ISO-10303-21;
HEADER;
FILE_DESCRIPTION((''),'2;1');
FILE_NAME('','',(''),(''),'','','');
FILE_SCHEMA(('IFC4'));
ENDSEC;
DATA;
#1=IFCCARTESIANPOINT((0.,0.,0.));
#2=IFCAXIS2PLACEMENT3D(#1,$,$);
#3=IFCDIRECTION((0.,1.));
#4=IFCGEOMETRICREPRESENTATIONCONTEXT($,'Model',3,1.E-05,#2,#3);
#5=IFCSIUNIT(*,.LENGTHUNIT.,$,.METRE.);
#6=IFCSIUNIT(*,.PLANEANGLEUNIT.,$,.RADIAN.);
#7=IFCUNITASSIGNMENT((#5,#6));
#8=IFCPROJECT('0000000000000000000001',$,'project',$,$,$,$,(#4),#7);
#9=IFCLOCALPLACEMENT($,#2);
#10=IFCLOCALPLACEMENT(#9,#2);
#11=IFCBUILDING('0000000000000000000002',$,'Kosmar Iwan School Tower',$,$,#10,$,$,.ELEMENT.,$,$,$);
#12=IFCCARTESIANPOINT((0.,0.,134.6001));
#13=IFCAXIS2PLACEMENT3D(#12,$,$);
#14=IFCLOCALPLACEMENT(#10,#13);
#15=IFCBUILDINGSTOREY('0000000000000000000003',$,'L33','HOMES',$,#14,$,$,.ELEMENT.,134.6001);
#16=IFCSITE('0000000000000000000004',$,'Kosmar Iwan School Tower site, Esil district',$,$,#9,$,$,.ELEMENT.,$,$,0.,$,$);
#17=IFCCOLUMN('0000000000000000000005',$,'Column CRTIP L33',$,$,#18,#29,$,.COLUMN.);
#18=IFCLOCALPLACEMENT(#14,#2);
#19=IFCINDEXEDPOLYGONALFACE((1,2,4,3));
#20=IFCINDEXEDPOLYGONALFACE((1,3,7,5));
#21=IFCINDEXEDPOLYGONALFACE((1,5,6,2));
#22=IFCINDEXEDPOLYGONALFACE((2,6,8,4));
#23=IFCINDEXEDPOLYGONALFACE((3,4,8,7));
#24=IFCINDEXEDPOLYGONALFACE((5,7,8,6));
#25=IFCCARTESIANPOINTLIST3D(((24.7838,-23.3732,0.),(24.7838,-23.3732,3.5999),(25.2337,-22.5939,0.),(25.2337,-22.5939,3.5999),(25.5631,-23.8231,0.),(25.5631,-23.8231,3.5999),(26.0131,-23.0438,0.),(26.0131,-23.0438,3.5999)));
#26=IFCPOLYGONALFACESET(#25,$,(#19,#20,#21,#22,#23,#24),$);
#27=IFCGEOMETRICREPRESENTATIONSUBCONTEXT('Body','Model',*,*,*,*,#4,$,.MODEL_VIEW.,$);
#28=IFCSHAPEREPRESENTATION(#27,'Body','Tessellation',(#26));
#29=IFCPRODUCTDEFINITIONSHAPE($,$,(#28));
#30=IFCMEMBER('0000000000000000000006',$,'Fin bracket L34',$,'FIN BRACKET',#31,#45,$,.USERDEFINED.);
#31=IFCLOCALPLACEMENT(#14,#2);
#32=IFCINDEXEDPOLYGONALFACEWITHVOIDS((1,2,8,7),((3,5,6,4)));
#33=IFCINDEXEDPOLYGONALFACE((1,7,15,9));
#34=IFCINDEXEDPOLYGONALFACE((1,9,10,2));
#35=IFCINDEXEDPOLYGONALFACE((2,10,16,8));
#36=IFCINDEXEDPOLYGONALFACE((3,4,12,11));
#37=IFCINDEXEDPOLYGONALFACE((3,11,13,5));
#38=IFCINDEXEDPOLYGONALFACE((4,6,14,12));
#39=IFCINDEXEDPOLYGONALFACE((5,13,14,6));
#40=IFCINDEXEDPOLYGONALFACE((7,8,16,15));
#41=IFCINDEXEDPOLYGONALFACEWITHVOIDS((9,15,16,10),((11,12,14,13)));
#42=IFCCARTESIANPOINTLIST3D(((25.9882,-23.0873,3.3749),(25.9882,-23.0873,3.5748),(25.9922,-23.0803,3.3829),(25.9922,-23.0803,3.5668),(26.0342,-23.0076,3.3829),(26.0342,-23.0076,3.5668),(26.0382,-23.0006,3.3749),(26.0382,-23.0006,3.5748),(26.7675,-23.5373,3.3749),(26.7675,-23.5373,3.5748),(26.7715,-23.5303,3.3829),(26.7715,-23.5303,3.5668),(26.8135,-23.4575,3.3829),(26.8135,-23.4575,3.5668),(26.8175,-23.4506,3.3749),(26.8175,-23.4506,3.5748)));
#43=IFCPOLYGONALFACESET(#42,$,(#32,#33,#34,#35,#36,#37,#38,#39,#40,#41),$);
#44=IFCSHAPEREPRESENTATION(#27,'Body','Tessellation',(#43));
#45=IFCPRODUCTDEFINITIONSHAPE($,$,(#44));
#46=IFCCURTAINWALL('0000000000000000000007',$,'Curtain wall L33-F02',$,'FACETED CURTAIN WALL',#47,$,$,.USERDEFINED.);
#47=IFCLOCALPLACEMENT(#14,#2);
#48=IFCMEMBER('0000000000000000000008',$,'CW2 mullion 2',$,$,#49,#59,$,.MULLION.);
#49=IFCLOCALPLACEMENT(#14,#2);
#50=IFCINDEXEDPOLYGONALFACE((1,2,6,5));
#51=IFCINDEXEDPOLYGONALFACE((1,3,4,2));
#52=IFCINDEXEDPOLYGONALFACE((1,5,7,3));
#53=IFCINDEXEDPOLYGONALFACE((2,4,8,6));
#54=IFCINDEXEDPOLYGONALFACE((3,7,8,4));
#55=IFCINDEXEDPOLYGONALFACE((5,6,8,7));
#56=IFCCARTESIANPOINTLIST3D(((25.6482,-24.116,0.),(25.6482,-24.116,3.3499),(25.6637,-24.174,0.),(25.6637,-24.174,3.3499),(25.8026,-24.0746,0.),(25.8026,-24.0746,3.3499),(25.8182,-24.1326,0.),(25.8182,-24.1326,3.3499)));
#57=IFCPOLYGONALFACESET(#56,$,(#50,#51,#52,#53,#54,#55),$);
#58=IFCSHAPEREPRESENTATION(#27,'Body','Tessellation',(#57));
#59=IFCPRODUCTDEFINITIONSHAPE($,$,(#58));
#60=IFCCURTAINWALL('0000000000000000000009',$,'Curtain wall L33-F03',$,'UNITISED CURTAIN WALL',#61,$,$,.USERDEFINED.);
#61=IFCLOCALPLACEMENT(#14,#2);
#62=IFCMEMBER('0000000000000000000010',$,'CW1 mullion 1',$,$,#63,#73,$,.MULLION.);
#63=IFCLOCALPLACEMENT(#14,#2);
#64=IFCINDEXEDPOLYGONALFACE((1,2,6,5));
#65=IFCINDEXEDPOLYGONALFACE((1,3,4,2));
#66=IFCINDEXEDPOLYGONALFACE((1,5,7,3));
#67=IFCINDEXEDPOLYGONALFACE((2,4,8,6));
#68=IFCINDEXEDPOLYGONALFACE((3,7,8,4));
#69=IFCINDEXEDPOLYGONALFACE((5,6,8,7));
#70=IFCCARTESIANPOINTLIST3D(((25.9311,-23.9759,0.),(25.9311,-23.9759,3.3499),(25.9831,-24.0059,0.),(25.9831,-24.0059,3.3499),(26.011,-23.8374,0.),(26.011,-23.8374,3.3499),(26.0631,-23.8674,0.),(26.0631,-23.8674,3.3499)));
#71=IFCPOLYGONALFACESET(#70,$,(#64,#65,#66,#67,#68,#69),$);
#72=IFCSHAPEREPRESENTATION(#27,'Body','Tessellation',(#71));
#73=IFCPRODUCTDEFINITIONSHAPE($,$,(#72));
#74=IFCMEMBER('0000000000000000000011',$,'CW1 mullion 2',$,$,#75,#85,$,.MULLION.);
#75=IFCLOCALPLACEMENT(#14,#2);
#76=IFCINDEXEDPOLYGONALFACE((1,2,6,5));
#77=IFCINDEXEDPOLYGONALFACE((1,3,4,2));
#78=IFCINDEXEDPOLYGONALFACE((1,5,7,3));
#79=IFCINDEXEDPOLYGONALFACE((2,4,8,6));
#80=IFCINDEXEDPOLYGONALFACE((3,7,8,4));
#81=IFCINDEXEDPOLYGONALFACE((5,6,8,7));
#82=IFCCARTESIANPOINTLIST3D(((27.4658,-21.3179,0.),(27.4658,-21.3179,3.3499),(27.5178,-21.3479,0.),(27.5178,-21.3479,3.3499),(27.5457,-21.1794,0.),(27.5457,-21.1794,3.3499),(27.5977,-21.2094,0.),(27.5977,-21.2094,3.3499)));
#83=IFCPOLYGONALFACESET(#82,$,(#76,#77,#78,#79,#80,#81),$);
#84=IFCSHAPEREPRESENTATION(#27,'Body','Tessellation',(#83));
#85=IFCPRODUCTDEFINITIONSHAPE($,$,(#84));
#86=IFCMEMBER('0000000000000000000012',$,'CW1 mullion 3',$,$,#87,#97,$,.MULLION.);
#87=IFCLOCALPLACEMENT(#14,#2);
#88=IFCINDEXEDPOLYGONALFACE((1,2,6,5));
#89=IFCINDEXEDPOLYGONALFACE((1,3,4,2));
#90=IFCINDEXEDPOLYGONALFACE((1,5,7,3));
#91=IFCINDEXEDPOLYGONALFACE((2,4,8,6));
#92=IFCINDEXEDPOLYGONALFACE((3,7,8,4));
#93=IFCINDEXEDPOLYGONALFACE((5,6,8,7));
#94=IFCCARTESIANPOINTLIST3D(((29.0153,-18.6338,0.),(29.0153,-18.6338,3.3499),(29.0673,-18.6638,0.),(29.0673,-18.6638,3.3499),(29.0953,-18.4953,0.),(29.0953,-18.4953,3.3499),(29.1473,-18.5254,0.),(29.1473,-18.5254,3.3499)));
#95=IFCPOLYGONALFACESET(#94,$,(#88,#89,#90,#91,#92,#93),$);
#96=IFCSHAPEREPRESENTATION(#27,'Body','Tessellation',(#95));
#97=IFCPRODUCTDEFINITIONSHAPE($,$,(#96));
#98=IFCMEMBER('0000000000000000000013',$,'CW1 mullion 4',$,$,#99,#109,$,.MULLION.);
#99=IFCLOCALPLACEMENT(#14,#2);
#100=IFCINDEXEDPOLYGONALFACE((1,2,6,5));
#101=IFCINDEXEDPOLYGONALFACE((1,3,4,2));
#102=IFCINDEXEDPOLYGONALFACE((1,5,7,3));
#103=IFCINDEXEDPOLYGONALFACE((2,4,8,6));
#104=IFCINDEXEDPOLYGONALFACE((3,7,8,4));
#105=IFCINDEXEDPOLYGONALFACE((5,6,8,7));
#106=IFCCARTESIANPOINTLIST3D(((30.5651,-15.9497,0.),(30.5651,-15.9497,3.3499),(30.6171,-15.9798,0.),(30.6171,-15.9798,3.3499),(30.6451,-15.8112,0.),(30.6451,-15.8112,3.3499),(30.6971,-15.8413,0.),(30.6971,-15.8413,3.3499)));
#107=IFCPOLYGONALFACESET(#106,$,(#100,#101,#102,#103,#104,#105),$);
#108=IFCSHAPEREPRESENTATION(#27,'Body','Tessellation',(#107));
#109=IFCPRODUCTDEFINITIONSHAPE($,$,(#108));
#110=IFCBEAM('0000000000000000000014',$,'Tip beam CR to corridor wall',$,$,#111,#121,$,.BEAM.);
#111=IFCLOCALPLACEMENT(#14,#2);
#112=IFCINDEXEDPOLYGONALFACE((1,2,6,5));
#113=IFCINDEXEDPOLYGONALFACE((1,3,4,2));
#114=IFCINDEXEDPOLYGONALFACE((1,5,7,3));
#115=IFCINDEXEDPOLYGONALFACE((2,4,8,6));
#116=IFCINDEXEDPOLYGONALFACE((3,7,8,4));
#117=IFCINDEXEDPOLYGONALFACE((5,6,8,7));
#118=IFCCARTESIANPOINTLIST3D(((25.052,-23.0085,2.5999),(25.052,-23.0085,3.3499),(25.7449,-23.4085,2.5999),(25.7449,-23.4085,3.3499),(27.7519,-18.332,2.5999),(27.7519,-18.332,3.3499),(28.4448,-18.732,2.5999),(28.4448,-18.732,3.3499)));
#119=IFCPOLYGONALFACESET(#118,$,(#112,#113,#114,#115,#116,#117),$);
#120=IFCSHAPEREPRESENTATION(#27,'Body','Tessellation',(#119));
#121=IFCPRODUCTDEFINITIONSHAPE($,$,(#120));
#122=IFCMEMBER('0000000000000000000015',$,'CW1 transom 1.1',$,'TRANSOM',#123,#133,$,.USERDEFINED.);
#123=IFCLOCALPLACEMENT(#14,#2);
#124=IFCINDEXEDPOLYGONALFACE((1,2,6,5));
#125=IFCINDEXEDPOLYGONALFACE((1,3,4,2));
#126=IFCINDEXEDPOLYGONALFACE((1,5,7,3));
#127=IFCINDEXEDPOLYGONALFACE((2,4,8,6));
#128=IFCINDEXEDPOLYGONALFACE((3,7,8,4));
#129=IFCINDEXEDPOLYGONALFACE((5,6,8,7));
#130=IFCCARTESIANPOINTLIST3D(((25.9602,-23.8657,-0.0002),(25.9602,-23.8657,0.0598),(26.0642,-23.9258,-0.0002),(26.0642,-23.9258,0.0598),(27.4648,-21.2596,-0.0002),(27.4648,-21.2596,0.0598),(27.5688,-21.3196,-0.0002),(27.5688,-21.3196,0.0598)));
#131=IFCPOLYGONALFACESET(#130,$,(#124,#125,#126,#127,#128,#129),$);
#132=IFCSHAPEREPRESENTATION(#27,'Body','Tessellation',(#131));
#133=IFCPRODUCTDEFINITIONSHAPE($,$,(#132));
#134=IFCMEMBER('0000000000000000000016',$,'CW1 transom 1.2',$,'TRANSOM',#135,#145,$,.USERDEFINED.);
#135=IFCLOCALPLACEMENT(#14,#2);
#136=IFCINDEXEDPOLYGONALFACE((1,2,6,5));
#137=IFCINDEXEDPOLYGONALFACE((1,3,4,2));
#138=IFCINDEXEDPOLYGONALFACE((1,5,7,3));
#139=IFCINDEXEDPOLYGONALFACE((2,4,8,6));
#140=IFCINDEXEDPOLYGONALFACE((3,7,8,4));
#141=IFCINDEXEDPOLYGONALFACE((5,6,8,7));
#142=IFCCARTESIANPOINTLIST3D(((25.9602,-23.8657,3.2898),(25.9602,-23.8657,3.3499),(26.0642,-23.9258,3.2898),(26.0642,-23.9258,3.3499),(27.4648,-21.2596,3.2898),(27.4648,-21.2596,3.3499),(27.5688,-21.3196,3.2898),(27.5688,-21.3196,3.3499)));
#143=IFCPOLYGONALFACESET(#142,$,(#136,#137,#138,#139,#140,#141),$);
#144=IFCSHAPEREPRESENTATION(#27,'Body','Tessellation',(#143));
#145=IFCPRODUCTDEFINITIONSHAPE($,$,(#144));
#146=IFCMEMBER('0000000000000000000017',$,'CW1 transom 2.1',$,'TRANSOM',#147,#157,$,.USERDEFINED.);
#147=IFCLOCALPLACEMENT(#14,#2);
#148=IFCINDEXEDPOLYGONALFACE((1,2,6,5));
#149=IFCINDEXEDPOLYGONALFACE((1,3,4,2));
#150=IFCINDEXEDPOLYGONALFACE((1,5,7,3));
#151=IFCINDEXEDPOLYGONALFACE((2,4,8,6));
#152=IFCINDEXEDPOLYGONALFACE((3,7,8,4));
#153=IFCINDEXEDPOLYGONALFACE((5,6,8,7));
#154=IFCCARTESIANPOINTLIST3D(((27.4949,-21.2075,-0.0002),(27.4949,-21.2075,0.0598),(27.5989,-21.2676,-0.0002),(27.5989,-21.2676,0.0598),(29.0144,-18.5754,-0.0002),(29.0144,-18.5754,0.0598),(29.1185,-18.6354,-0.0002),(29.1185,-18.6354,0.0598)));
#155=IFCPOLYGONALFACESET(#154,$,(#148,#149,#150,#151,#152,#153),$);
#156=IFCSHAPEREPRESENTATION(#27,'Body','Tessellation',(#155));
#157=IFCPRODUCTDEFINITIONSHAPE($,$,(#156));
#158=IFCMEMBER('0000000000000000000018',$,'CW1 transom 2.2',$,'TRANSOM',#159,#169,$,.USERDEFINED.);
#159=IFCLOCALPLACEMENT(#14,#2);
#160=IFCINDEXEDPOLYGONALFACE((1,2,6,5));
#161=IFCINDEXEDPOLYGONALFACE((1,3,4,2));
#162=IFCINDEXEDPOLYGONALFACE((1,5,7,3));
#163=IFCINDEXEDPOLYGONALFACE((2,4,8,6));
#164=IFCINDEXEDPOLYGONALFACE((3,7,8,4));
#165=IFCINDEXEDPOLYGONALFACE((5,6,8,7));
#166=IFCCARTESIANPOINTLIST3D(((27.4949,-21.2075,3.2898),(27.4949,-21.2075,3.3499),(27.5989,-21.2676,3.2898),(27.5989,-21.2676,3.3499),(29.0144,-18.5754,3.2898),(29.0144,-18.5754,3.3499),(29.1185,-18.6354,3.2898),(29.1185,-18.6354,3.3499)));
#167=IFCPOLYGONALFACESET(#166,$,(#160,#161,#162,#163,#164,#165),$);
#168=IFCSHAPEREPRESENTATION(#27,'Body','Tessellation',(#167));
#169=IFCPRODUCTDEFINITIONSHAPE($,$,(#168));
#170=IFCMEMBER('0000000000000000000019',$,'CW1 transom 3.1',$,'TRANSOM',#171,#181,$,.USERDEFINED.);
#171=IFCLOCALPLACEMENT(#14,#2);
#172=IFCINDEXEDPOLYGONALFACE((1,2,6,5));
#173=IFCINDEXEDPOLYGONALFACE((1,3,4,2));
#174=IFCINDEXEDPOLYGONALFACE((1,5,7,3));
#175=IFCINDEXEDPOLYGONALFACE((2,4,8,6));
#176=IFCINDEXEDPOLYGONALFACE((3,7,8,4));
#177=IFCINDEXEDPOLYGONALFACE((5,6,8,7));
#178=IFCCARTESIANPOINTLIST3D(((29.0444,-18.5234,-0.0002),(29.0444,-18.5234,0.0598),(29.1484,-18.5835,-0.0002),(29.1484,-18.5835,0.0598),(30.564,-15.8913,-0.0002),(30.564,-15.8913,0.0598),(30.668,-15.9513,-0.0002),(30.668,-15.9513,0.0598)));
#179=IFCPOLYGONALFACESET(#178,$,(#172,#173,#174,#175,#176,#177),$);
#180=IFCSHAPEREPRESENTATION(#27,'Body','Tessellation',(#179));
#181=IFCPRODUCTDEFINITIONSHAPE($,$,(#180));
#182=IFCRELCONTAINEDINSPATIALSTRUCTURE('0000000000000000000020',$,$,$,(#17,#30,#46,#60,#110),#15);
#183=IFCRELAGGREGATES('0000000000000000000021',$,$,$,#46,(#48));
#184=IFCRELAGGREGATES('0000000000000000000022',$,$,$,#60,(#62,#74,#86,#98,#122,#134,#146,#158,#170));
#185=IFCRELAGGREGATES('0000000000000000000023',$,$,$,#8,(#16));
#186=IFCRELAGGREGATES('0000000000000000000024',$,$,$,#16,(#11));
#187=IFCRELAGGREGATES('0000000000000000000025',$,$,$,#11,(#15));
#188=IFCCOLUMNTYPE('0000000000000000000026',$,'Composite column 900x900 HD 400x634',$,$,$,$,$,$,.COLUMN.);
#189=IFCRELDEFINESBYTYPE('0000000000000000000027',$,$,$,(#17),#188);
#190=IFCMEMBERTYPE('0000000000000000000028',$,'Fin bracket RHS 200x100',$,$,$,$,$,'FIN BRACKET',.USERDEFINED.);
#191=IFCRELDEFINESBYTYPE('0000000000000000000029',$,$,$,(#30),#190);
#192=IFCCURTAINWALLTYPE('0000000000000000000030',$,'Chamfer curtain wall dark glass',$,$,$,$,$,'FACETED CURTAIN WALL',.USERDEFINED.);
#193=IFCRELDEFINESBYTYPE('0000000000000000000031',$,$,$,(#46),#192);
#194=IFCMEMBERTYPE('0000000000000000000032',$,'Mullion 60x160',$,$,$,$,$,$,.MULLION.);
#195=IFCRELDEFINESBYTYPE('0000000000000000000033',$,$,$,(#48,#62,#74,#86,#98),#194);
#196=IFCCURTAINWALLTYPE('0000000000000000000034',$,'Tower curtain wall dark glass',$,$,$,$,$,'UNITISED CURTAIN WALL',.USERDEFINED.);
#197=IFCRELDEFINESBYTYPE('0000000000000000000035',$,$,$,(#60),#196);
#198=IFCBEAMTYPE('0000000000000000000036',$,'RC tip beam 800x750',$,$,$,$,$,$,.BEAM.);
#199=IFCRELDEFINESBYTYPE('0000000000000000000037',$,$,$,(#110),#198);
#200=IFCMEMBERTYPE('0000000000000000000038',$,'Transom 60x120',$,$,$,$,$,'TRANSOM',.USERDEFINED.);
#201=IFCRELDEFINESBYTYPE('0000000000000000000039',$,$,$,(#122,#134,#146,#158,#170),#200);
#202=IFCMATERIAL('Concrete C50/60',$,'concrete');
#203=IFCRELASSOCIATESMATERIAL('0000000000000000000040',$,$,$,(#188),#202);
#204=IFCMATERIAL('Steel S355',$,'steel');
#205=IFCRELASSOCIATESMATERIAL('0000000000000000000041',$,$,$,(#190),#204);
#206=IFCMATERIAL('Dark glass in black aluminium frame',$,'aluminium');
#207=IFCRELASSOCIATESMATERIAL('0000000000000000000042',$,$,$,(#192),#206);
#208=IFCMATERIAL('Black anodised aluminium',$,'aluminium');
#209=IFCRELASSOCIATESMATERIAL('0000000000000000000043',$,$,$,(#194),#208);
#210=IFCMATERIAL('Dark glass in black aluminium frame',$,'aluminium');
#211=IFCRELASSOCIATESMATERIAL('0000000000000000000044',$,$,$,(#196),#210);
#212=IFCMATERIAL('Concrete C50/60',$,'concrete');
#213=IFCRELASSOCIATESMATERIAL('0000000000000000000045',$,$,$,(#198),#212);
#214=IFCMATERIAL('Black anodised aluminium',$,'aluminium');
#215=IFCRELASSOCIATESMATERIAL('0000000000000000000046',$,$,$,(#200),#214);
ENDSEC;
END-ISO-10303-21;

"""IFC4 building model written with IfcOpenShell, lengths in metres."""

from ifc_helpers import new_model, si_unit, direction, frame, origin, origin_2d, place, context, subcontext, project, spatial, rectangle, hollow_rectangle, extrude, material, material_profile, profile_set, type_object, element, aggregate, save


model = new_model("IFC4")

# Units and contexts
model_context = context("Model", 3, precision=1e-05, world=origin(), true_north=direction((0.0, 1.0)))
body_context = subcontext(model_context, "Body", "Model", "MODEL_VIEW")
ifc_project = project(units=[si_unit("LENGTHUNIT", "METRE"), si_unit("PLANEANGLEUNIT", "RADIAN")], contexts=[model_context])

# Site, building, storey
site_placement = place(None, origin())
site = spatial("IfcSite", under=ifc_project, at=site_placement, Name="Kosmar Iwan School Tower site, Esil district", CompositionType="ELEMENT", RefElevation=0.0)
building_placement = place(site_placement, origin())
building = spatial("IfcBuilding", under=site, at=building_placement, Name="Kosmar Iwan School Tower", CompositionType="ELEMENT")
storey_placement = place(building_placement, frame((0.0, 0.0, 134.6001)))
storey = spatial("IfcBuildingStorey", under=building, at=storey_placement, Name="L33", Description="HOMES", CompositionType="ELEMENT", Elevation=134.6001)

# Column
ifc_material_1 = material(Name="Concrete C50/60", Category="concrete")
ifc_material_profile_1 = material_profile(ifc_material_1, rectangle(XDim=0.8999, YDim=0.8999, at=origin_2d()), Name="RC 900x900 + HD 400x634")
ifc_profile_set_1 = profile_set([ifc_material_profile_1], Name="Concrete C50/60")
column_type = type_object("IfcColumnType", Name="Composite column 900x900 HD 400x634", PredefinedType="COLUMN", material=ifc_profile_set_1)
column_placement = place(storey_placement, frame((25.3984, -23.2085, 0.0), z_axis=(0.0, 0.0, 1.0), x_axis=(0.866025, -0.5, 0.0)))
element("IfcColumn", 1, at=column_placement, inside=storey, type_object=column_type, Name="Column CRTIP L33", PredefinedType="COLUMN", context=body_context, shape_type="SweptSolid", body=[
    extrude(rectangle(XDim=0.8999, YDim=0.8999, at=origin_2d()), origin(), (0.0, 0.0, 1.0), 3.5999),
])

# Member
ifc_material_2 = material(Name="Steel S355", Category="steel")
ifc_material_profile_2 = material_profile(ifc_material_2, hollow_rectangle(XDim=0.1001, YDim=0.2, WallThickness=0.0081, at=origin_2d()), Name="RHS 200x100x8")
ifc_profile_set_2 = profile_set([ifc_material_profile_2], Name="Steel S355")
member_type_1 = type_object("IfcMemberType", Name="Fin bracket RHS 200x100", ElementType="FIN BRACKET", PredefinedType="USERDEFINED", material=ifc_profile_set_2)
member_1_placement = place(storey_placement, frame((26.0132, -23.0439, 3.4749), z_axis=(0.866014, -0.50002, 0.0), x_axis=(0.50002, 0.866014, 0.0)))
element("IfcMember", 2, at=member_1_placement, inside=storey, type_object=member_type_1, Name="Fin bracket L34", ObjectType="FIN BRACKET", PredefinedType="USERDEFINED", context=body_context, shape_type="SweptSolid", body=[
    extrude(hollow_rectangle(XDim=0.1001, YDim=0.2, WallThickness=0.0081, at=origin_2d()), origin(), (0.0, 0.0, 1.0), 0.8999),
])

# Curtain wall, member
ifc_material_3 = material(Name="Dark glass in black aluminium frame", Category="aluminium")
curtain_wall_type_1 = type_object("IfcCurtainWallType", Name="Chamfer curtain wall dark glass", ElementType="FACETED CURTAIN WALL", PredefinedType="USERDEFINED", material=ifc_material_3)
curtain_wall_1_placement = place(storey_placement, origin())
curtain_wall_1 = element("IfcCurtainWall", 3, at=curtain_wall_1_placement, inside=storey, type_object=curtain_wall_type_1, Name="Curtain wall L33-F02", ObjectType="FACETED CURTAIN WALL", PredefinedType="USERDEFINED")
ifc_material_4 = material(Name="Black anodised aluminium", Category="aluminium")
ifc_material_profile_3 = material_profile(ifc_material_4, rectangle(XDim=0.0601, YDim=0.1599, at=origin_2d()), Name="MULLION 60x160")
ifc_profile_set_3 = profile_set([ifc_material_profile_3], Name="Black anodised aluminium")
member_type_2 = type_object("IfcMemberType", Name="Mullion 60x160", PredefinedType="MULLION", material=ifc_profile_set_3)
member_2_placement = place(storey_placement, frame((25.7332, -24.1243, 0.0), z_axis=(0.0, 0.0, 1.0), x_axis=(-0.258819, 0.965926, 0.0)))
member_2 = element("IfcMember", 4, at=member_2_placement, type_object=member_type_2, Name="CW2 mullion 2", PredefinedType="MULLION", context=body_context, shape_type="SweptSolid", body=[
    extrude(rectangle(XDim=0.0601, YDim=0.1599, at=origin_2d()), origin(), (0.0, 0.0, 1.0), 3.3499),
])

# Curtain wall, members
ifc_material_5 = material(Name="Dark glass in black aluminium frame", Category="aluminium")
curtain_wall_type_2 = type_object("IfcCurtainWallType", Name="Tower curtain wall dark glass", ElementType="UNITISED CURTAIN WALL", PredefinedType="USERDEFINED", material=ifc_material_5)
curtain_wall_2_placement = place(storey_placement, origin())
curtain_wall_2 = element("IfcCurtainWall", 5, at=curtain_wall_2_placement, inside=storey, type_object=curtain_wall_type_2, Name="Curtain wall L33-F03", ObjectType="UNITISED CURTAIN WALL", PredefinedType="USERDEFINED")
member_3_placement = place(storey_placement, frame((25.9971, -23.9216, 0.0), z_axis=(0.0, 0.0, 1.0), x_axis=(-0.866025, 0.5, 0.0)))
member_3 = element("IfcMember", 6, at=member_3_placement, type_object=member_type_2, Name="CW1 mullion 1", PredefinedType="MULLION", context=body_context, shape_type="SweptSolid", body=[
    extrude(rectangle(XDim=0.0601, YDim=0.1599, at=origin_2d()), origin(), (0.0, 0.0, 1.0), 3.3499),
])
member_4_placement = place(storey_placement, frame((27.5317, -21.2637, 0.0), z_axis=(0.0, 0.0, 1.0), x_axis=(-0.866025, 0.5, 0.0)))
member_4 = element("IfcMember", 7, at=member_4_placement, type_object=member_type_2, Name="CW1 mullion 2", PredefinedType="MULLION", context=body_context, shape_type="SweptSolid", body=[
    extrude(rectangle(XDim=0.0601, YDim=0.1599, at=origin_2d()), origin(), (0.0, 0.0, 1.0), 3.3499),
])
member_5_placement = place(storey_placement, frame((29.0813, -18.5796, 0.0), z_axis=(0.0, 0.0, 1.0), x_axis=(-0.866025, 0.5, 0.0)))
member_5 = element("IfcMember", 8, at=member_5_placement, type_object=member_type_2, Name="CW1 mullion 3", PredefinedType="MULLION", context=body_context, shape_type="SweptSolid", body=[
    extrude(rectangle(XDim=0.0601, YDim=0.1599, at=origin_2d()), origin(), (0.0, 0.0, 1.0), 3.3499),
])
member_6_placement = place(storey_placement, frame((30.6311, -15.8955, 0.0), z_axis=(0.0, 0.0, 1.0), x_axis=(-0.866025, 0.5, 0.0)))
member_6 = element("IfcMember", 9, at=member_6_placement, type_object=member_type_2, Name="CW1 mullion 4", PredefinedType="MULLION", context=body_context, shape_type="SweptSolid", body=[
    extrude(rectangle(XDim=0.0601, YDim=0.1599, at=origin_2d()), origin(), (0.0, 0.0, 1.0), 3.3499),
])

# Beam
ifc_material_6 = material(Name="Concrete C50/60", Category="concrete")
ifc_material_profile_4 = material_profile(ifc_material_6, rectangle(XDim=0.8, YDim=0.75, at=origin_2d()), Name="RC 800x750")
ifc_profile_set_4 = profile_set([ifc_material_profile_4], Name="Concrete C50/60")
beam_type = type_object("IfcBeamType", Name="RC tip beam 800x750", PredefinedType="BEAM", material=ifc_profile_set_4)
beam_placement = place(storey_placement, frame((25.3984, -23.2085, 2.9749), z_axis=(0.499995, 0.866028, 0.0), x_axis=(-0.866028, 0.499995, 0.0)))
element("IfcBeam", 10, at=beam_placement, inside=storey, type_object=beam_type, Name="Tip beam CR to corridor wall", PredefinedType="BEAM", context=body_context, shape_type="SweptSolid", body=[
    extrude(rectangle(XDim=0.8, YDim=0.75, at=origin_2d()), origin(), (0.0, 0.0, 1.0), 5.3999),
])

# Members
ifc_material_7 = material(Name="Black anodised aluminium", Category="aluminium")
ifc_material_profile_5 = material_profile(ifc_material_7, rectangle(XDim=0.1201, YDim=0.0601, at=origin_2d()), Name="TRANSOM 60x120")
ifc_profile_set_5 = profile_set([ifc_material_profile_5], Name="Black anodised aluminium")
member_type_3 = type_object("IfcMemberType", Name="Transom 60x120", ElementType="TRANSOM", PredefinedType="USERDEFINED", material=ifc_profile_set_5)
member_7_placement = place(storey_placement, frame((26.0122, -23.8958, 0.0298), z_axis=(0.499987, 0.866033, 0.0), x_axis=(-0.866033, 0.499987, 0.0)))
member_7 = element("IfcMember", 11, at=member_7_placement, type_object=member_type_3, Name="CW1 transom 1.1", ObjectType="TRANSOM", PredefinedType="USERDEFINED", context=body_context, shape_type="SweptSolid", body=[
    extrude(rectangle(XDim=0.1201, YDim=0.0601, at=origin_2d()), origin(), (0.0, 0.0, 1.0), 3.0093),
])
member_8_placement = place(storey_placement, frame((26.0122, -23.8958, 3.3198), z_axis=(0.499987, 0.866033, 0.0), x_axis=(-0.866033, 0.499987, 0.0)))
member_8 = element("IfcMember", 12, at=member_8_placement, type_object=member_type_3, Name="CW1 transom 1.2", ObjectType="TRANSOM", PredefinedType="USERDEFINED", context=body_context, shape_type="SweptSolid", body=[
    extrude(rectangle(XDim=0.1201, YDim=0.0601, at=origin_2d()), origin(), (0.0, 0.0, 1.0), 3.0093),
])
member_9_placement = place(storey_placement, frame((27.5469, -21.2375, 0.0298), z_axis=(0.499975, 0.86604, 0.0), x_axis=(-0.86604, 0.499975, 0.0)))
member_9 = element("IfcMember", 13, at=member_9_placement, type_object=member_type_3, Name="CW1 transom 2.1", ObjectType="TRANSOM", PredefinedType="USERDEFINED", context=body_context, shape_type="SweptSolid", body=[
    extrude(rectangle(XDim=0.1201, YDim=0.0601, at=origin_2d()), origin(), (0.0, 0.0, 1.0), 3.0393),
])
member_10_placement = place(storey_placement, frame((27.5469, -21.2375, 3.3198), z_axis=(0.499975, 0.86604, 0.0), x_axis=(-0.86604, 0.499975, 0.0)))
member_10 = element("IfcMember", 14, at=member_10_placement, type_object=member_type_3, Name="CW1 transom 2.2", ObjectType="TRANSOM", PredefinedType="USERDEFINED", context=body_context, shape_type="SweptSolid", body=[
    extrude(rectangle(XDim=0.1201, YDim=0.0601, at=origin_2d()), origin(), (0.0, 0.0, 1.0), 3.0393),
])
member_11_placement = place(storey_placement, frame((29.0964, -18.5535, 0.0298), z_axis=(0.499975, 0.86604, 0.0), x_axis=(-0.86604, 0.499975, 0.0)))
member_11 = element("IfcMember", 15, at=member_11_placement, type_object=member_type_3, Name="CW1 transom 3.1", ObjectType="TRANSOM", PredefinedType="USERDEFINED", context=body_context, shape_type="SweptSolid", body=[
    extrude(rectangle(XDim=0.1201, YDim=0.0601, at=origin_2d()), origin(), (0.0, 0.0, 1.0), 3.0393),
])

aggregate(curtain_wall_1, [member_2])
aggregate(curtain_wall_2, [member_3, member_4, member_5, member_6, member_7, member_8, member_9, member_10, member_11])

save(model, "model.ifc")
